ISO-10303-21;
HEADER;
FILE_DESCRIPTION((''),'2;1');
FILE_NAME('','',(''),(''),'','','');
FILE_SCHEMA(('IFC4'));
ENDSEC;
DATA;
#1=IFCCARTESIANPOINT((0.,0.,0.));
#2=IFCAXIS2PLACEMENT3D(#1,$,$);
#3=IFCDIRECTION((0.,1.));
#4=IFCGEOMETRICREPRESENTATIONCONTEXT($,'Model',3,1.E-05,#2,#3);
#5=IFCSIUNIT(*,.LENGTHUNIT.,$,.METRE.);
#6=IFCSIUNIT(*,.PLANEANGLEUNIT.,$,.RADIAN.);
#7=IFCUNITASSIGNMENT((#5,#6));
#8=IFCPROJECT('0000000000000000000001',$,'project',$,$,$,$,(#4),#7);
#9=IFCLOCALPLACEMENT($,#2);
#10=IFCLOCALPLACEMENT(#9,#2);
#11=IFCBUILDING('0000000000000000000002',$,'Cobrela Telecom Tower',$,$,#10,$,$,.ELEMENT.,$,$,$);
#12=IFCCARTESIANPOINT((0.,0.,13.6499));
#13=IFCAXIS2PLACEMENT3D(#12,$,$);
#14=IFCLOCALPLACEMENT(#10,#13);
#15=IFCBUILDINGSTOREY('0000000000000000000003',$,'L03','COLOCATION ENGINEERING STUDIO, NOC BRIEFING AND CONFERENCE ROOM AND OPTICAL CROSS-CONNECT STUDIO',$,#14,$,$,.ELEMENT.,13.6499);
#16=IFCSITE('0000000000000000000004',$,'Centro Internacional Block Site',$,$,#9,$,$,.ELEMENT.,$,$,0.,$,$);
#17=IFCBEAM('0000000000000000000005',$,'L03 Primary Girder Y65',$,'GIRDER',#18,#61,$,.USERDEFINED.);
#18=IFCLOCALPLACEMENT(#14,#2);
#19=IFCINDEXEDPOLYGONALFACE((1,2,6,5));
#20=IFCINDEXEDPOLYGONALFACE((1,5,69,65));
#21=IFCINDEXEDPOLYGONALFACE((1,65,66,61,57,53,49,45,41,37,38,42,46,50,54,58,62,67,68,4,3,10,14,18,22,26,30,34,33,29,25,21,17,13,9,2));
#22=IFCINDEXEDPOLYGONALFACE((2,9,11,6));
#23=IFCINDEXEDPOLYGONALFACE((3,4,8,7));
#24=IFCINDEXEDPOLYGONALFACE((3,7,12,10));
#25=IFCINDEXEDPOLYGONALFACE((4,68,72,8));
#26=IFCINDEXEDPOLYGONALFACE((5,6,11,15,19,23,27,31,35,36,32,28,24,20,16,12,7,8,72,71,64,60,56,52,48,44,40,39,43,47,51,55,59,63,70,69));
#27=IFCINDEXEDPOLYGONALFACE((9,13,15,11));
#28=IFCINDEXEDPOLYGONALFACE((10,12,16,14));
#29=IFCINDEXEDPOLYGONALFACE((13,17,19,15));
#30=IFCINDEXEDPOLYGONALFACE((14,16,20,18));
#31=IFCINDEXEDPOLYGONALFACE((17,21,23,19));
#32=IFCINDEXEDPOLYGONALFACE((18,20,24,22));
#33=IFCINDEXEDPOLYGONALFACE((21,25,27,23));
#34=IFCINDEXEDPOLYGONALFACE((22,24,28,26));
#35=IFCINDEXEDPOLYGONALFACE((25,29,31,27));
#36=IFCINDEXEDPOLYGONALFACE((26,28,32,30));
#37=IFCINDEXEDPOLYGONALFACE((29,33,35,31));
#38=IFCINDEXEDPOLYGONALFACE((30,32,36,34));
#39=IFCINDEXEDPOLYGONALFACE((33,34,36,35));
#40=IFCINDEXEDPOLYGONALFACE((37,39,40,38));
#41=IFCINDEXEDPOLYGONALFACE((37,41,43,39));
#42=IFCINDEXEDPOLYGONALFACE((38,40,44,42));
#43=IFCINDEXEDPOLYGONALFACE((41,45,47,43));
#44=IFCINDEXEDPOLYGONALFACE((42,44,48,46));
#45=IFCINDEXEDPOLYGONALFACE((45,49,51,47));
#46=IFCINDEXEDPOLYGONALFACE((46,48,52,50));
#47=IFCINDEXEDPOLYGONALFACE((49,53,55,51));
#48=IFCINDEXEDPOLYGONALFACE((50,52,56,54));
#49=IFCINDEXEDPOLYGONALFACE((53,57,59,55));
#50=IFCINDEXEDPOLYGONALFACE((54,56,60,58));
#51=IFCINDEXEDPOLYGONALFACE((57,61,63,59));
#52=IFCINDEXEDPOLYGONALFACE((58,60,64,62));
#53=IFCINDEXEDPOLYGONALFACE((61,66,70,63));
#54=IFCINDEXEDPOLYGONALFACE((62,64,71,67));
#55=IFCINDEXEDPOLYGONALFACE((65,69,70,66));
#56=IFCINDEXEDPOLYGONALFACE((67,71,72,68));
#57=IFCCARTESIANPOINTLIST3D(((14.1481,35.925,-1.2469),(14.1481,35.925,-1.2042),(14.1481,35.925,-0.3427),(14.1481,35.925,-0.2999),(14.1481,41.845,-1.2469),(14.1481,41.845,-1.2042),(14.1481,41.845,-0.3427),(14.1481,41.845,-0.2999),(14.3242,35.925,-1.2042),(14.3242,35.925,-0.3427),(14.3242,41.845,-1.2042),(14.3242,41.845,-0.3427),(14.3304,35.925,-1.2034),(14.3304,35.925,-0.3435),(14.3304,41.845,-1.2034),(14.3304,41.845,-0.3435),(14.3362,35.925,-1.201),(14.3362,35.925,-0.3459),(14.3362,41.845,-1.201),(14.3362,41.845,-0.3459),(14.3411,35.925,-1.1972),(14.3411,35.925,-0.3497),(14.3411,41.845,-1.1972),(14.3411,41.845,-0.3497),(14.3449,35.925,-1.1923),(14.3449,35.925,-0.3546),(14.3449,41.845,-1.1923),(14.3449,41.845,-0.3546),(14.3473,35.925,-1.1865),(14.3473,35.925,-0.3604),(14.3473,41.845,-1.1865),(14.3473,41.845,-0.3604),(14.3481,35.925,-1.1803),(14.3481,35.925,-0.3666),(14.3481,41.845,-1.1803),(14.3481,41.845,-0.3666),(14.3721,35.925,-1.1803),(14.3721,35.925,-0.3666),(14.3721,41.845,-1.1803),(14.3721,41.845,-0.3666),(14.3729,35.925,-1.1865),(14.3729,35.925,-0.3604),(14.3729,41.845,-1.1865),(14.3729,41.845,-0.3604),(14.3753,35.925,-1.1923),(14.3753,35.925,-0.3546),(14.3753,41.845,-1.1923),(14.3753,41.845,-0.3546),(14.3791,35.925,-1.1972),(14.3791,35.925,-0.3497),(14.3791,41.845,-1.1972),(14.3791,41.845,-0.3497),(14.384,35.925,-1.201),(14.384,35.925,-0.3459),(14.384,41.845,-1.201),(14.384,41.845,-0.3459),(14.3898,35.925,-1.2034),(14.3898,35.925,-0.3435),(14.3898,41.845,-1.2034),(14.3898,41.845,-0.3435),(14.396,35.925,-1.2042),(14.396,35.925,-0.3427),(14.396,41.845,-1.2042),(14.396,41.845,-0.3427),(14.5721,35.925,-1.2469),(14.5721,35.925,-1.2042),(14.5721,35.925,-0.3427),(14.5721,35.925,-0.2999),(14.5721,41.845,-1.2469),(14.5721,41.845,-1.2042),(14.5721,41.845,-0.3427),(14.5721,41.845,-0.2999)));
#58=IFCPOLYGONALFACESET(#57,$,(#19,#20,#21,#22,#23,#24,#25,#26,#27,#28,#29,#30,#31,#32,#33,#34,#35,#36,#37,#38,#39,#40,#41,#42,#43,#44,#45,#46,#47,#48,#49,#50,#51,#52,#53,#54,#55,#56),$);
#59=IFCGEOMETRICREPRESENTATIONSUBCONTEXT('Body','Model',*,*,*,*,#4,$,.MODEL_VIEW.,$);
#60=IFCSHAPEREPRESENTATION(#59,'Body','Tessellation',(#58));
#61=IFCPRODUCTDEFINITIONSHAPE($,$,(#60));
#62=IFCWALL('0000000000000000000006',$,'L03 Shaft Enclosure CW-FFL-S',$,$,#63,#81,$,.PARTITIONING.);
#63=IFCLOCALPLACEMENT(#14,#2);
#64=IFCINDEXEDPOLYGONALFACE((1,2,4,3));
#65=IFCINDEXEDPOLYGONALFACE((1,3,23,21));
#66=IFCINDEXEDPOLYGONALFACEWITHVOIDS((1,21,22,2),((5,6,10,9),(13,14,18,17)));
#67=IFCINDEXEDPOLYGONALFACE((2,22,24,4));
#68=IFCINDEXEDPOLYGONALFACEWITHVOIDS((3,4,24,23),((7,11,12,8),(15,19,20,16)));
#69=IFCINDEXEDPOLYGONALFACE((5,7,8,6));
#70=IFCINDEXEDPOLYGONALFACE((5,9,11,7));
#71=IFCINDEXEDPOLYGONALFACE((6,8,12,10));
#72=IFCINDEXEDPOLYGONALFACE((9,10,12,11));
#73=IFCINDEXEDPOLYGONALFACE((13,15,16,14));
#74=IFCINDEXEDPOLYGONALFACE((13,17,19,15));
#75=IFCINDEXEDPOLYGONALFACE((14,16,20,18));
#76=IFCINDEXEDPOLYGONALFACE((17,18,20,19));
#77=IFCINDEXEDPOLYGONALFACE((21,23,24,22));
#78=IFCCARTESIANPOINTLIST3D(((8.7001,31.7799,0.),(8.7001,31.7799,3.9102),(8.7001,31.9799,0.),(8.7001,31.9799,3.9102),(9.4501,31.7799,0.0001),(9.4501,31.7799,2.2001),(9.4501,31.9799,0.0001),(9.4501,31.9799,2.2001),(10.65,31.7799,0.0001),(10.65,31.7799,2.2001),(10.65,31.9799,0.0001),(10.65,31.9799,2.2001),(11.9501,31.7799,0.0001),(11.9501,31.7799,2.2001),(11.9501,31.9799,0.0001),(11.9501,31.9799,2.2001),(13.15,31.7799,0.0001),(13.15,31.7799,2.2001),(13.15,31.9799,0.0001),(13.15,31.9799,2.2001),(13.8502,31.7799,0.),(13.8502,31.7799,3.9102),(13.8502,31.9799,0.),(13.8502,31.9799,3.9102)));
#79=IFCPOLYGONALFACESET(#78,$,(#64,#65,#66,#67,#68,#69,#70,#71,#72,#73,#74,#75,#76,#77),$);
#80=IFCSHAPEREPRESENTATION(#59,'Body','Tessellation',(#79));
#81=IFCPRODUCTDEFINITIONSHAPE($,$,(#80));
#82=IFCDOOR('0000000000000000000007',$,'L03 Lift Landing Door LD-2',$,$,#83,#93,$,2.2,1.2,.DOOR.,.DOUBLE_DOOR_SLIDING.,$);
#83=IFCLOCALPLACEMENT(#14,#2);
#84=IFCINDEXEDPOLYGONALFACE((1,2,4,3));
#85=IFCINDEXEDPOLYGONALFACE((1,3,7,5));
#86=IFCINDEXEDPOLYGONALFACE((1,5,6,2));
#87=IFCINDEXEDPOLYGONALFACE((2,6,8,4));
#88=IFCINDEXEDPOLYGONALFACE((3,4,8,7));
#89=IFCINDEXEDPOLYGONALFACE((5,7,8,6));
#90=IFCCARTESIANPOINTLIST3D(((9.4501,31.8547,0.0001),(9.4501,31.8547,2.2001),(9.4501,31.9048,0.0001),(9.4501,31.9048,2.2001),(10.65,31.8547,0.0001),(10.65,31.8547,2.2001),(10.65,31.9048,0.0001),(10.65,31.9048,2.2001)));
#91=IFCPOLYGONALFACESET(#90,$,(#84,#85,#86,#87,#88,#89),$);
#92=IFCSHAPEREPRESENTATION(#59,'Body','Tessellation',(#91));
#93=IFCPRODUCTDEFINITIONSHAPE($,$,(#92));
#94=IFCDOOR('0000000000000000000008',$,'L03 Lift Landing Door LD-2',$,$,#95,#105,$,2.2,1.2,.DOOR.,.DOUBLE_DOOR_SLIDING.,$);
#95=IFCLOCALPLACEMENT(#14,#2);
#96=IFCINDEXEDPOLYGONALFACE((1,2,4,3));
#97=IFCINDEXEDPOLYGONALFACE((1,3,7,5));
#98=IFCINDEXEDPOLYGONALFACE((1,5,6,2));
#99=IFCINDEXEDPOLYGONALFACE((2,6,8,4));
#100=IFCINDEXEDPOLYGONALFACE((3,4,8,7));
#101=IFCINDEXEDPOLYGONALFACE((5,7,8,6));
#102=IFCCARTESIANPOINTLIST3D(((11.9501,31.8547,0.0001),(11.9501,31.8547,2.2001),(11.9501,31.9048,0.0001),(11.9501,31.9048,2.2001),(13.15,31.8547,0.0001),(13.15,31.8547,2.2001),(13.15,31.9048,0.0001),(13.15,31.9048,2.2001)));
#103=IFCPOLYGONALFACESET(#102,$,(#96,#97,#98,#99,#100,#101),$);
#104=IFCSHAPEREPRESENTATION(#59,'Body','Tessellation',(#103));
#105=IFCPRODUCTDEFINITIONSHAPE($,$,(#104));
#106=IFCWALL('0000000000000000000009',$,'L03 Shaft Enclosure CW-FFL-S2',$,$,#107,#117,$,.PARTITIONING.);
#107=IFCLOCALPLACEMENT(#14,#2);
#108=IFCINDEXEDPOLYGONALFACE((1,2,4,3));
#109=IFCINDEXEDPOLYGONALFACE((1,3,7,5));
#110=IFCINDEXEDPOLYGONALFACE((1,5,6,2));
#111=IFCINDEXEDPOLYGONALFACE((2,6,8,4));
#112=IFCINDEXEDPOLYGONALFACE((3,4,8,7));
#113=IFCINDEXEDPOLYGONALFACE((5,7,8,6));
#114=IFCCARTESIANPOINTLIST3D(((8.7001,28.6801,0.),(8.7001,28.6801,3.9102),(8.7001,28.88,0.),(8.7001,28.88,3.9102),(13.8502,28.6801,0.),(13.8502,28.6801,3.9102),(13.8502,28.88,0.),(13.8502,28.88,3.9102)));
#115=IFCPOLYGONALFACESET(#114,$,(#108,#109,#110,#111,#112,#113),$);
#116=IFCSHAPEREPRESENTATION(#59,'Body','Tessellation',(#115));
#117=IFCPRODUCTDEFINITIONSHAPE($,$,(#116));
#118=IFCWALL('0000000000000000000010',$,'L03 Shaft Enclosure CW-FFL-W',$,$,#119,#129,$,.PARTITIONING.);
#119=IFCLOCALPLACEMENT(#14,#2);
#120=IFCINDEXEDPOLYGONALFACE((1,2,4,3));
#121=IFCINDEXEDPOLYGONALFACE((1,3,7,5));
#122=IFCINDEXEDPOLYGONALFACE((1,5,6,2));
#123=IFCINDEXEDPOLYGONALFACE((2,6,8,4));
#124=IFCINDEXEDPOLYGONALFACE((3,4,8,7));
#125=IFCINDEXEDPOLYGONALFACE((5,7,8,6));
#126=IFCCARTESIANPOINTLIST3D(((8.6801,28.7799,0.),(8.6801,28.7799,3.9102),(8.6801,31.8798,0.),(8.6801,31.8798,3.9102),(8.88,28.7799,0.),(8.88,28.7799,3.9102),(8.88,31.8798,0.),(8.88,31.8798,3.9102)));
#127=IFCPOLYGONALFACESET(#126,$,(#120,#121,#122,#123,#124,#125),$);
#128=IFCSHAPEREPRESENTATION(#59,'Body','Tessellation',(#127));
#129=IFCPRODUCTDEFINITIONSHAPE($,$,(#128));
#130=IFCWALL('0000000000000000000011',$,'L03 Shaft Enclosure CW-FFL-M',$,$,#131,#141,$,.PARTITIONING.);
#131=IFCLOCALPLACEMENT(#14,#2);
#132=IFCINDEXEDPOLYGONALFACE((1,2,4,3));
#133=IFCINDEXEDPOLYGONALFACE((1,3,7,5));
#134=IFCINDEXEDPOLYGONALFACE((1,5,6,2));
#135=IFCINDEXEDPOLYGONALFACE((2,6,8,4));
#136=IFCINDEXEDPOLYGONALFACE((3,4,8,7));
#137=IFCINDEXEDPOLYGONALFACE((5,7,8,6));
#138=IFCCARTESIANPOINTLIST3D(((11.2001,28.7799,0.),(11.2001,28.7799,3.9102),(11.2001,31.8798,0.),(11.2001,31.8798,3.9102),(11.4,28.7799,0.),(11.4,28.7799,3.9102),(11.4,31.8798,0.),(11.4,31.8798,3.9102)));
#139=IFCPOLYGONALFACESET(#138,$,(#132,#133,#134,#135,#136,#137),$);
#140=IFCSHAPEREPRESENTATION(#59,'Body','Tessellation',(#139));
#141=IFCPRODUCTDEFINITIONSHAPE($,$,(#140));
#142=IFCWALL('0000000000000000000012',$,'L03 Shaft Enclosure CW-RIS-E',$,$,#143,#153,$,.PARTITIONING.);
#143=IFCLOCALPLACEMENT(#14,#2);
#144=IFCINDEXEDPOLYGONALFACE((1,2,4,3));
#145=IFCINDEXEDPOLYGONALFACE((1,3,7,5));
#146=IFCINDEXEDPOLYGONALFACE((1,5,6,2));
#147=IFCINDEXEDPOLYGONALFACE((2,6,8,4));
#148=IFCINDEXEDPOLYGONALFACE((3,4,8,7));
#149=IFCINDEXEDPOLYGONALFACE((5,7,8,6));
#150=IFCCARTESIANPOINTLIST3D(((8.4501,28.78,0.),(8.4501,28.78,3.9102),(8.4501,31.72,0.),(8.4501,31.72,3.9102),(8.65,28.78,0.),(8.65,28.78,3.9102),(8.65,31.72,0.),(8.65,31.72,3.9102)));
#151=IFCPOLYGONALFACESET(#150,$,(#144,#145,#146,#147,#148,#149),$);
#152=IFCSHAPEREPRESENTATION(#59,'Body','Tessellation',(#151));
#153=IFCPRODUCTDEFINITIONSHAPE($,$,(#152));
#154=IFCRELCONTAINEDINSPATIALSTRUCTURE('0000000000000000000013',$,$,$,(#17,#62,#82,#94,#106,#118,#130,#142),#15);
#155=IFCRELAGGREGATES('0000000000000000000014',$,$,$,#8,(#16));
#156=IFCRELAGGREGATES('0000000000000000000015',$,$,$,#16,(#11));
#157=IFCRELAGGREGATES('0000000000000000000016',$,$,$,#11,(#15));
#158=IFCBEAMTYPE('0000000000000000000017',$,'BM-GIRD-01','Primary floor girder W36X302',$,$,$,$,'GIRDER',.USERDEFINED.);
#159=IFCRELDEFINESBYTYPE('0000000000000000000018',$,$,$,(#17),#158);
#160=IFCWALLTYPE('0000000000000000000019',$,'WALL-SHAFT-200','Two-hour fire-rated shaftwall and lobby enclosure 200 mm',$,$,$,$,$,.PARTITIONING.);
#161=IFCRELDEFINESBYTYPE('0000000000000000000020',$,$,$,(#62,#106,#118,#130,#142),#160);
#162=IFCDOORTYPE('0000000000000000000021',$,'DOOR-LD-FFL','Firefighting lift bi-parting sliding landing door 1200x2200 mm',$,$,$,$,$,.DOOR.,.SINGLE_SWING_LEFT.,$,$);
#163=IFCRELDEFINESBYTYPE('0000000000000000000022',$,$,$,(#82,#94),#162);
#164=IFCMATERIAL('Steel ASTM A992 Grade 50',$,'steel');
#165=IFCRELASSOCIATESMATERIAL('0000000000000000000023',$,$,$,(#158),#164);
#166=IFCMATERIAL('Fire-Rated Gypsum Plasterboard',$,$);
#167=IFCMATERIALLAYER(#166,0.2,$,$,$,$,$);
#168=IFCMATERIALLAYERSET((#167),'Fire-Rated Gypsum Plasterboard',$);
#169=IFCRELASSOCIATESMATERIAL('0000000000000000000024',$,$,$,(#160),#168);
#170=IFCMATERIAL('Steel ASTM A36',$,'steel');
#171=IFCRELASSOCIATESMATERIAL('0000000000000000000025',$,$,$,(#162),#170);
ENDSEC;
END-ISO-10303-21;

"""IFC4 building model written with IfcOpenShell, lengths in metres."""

from ifc_helpers import new_model, si_unit, direction, frame, frame_2d, origin, origin_2d, place, context, subcontext, project, spatial, rectangle, i_section, extrude, material, layer, layer_set, material_profile, profile_set, type_object, element, fill, save


model = new_model("IFC4")

# Units and contexts
model_context = context("Model", 3, precision=1e-05, world=origin(), true_north=direction((0.0, 1.0)))
body_context = subcontext(model_context, "Body", "Model", "MODEL_VIEW")
ifc_project = project(units=[si_unit("LENGTHUNIT", "METRE"), si_unit("PLANEANGLEUNIT", "RADIAN")], contexts=[model_context])

# Site, building, storey
site_placement = place(None, origin())
site = spatial("IfcSite", under=ifc_project, at=site_placement, Name="Centro Internacional Block Site", CompositionType="ELEMENT", RefElevation=0.0)
building_placement = place(site_placement, origin())
building = spatial("IfcBuilding", under=site, at=building_placement, Name="Cobrela Telecom Tower", CompositionType="ELEMENT")
storey_placement = place(building_placement, frame((0.0, 0.0, 13.6499)))
storey = spatial("IfcBuildingStorey", under=building, at=storey_placement, Name="L03", Description="COLOCATION ENGINEERING STUDIO, NOC BRIEFING AND CONFERENCE ROOM AND OPTICAL CROSS-CONNECT STUDIO", CompositionType="ELEMENT", Elevation=13.6499)

# Beam
ifc_material_1 = material(Name="Steel ASTM A992 Grade 50", Category="steel")
ifc_material_profile_1 = material_profile(ifc_material_1, i_section(OverallWidth=0.4241, OverallDepth=0.947, WebThickness=0.0239, FlangeThickness=0.0427, FilletRadius=0.0239, at=origin_2d()), Name="W36X302")
ifc_profile_set_1 = profile_set([ifc_material_profile_1], Name="Steel ASTM A992 Grade 50")
beam_type_1 = type_object("IfcBeamType", Name="BM-GIRD-01", Description="Primary floor girder W36X302", ElementType="GIRDER", PredefinedType="USERDEFINED", material=ifc_profile_set_1)
beam_1_placement = place(storey_placement, frame((14.3601, 35.925, -0.7734), z_axis=(0.0, 1.0, 0.0), x_axis=(-1.0, 0.0, 0.0)))
element("IfcBeam", 1, at=beam_1_placement, inside=storey, type_object=beam_type_1, Name="L03 Primary Girder Y65", ObjectType="GIRDER", PredefinedType="USERDEFINED", context=body_context, shape_type="SweptSolid", body=[
    extrude(i_section(OverallWidth=0.4241, OverallDepth=0.947, WebThickness=0.0239, FlangeThickness=0.0427, FilletRadius=0.0239, at=origin_2d()), origin(), (0.0, 0.0, 1.0), 5.9199),
])

# Wall, openings, doors
ifc_material_2 = material(Name="Steel ASTM A36", Category="steel")
ifc_material_3 = material(Name="Fire-Rated Gypsum Plasterboard")
ifc_layer_1 = layer(ifc_material_3, 0.2)
ifc_layer_set_1 = layer_set([ifc_layer_1], Name="Fire-Rated Gypsum Plasterboard")
wall_type_1 = type_object("IfcWallType", Name="WALL-SHAFT-200", Description="Two-hour fire-rated shaftwall and lobby enclosure 200 mm", PredefinedType="PARTITIONING", material=ifc_layer_set_1)
wall_1_placement = place(storey_placement, frame((8.7, 31.8799, 0.0), z_axis=(0.0, 0.0, 1.0), x_axis=(1.0, 0.0, 0.0)))
wall_1 = element("IfcWall", 2, at=wall_1_placement, inside=storey, type_object=wall_type_1, Name="L03 Shaft Enclosure CW-FFL-S", PredefinedType="PARTITIONING", context=body_context, shape_type="SweptSolid", body=[
    extrude(rectangle(XDim=5.1501, YDim=0.2, at=frame_2d((2.5752, 0.0))), origin(), (0.0, 0.0, 1.0), 3.9102),
])
opening_1_placement = place(wall_1_placement, frame((0.75, 0.0, 0.0)))
opening_1 = element("IfcOpeningElement", 3, at=opening_1_placement, cuts=wall_1, PredefinedType="OPENING", context=body_context, shape_type="SweptSolid", body=[
    extrude(rectangle(XDim=1.2, YDim=2.2, at=frame_2d((0.6001, 1.1001))), frame((0.0, 0.1118, 0.0), z_axis=(0.0, -1.0, 0.0), x_axis=(1.0, 0.0, 0.0)), (0.0, 0.0, 1.0), 0.2239),
])
opening_2_placement = place(wall_1_placement, frame((3.25, 0.0, 0.0)))
opening_2 = element("IfcOpeningElement", 4, at=opening_2_placement, cuts=wall_1, PredefinedType="OPENING", context=body_context, shape_type="SweptSolid", body=[
    extrude(rectangle(XDim=1.2, YDim=2.2, at=frame_2d((0.6001, 1.1001))), frame((0.0, 0.1118, 0.0), z_axis=(0.0, -1.0, 0.0), x_axis=(1.0, 0.0, 0.0)), (0.0, 0.0, 1.0), 0.2239),
])
door_type_1 = type_object("IfcDoorType", Name="DOOR-LD-FFL", Description="Firefighting lift bi-parting sliding landing door 1200x2200 mm", OperationType="SINGLE_SWING_LEFT", PredefinedType="DOOR", material=ifc_material_2)
door_1_placement = place(opening_1_placement, origin())
door_1 = element("IfcDoor", 5, at=door_1_placement, inside=storey, type_object=door_type_1, Name="L03 Lift Landing Door LD-2", OperationType="DOUBLE_DOOR_SLIDING", OverallHeight=2.2, OverallWidth=1.2, PredefinedType="DOOR", context=body_context, shape_type="SweptSolid", body=[
    extrude(rectangle(XDim=1.2, YDim=2.2, at=frame_2d((0.6001, 1.1001))), frame((0.0, 0.0249, 0.0), z_axis=(0.0, -1.0, 0.0), x_axis=(1.0, 0.0, 0.0)), (0.0, 0.0, 1.0), 0.05),
])
fill(opening_1, door_1)
door_2_placement = place(opening_2_placement, origin())
door_2 = element("IfcDoor", 6, at=door_2_placement, inside=storey, type_object=door_type_1, Name="L03 Lift Landing Door LD-2", OperationType="DOUBLE_DOOR_SLIDING", OverallHeight=2.2, OverallWidth=1.2, PredefinedType="DOOR", context=body_context, shape_type="SweptSolid", body=[
    extrude(rectangle(XDim=1.2, YDim=2.2, at=frame_2d((0.6001, 1.1001))), frame((0.0, 0.0249, 0.0), z_axis=(0.0, -1.0, 0.0), x_axis=(1.0, 0.0, 0.0)), (0.0, 0.0, 1.0), 0.05),
])
fill(opening_2, door_2)

# Walls
wall_2_placement = place(storey_placement, frame((8.7, 28.78, 0.0), z_axis=(0.0, 0.0, 1.0), x_axis=(1.0, 0.0, 0.0)))
element("IfcWall", 7, at=wall_2_placement, inside=storey, type_object=wall_type_1, Name="L03 Shaft Enclosure CW-FFL-S2", PredefinedType="PARTITIONING", context=body_context, shape_type="SweptSolid", body=[
    extrude(rectangle(XDim=5.1501, YDim=0.2, at=frame_2d((2.5752, 0.0))), origin(), (0.0, 0.0, 1.0), 3.9102),
])
for number, where, z_axis, x_axis, name in (
    (8, (8.78, 28.78, 0.0), (0.0, 0.0, 1.0), (0.0, 1.0, 0.0), "L03 Shaft Enclosure CW-FFL-W"),
    (9, (11.3, 28.78, 0.0), (0.0, 0.0, 1.0), (0.0, 1.0, 0.0), "L03 Shaft Enclosure CW-FFL-M"),
):
    element("IfcWall", number, at=place(storey_placement, frame(where, z_axis=z_axis, x_axis=x_axis)), inside=storey, type_object=wall_type_1, Name=name, PredefinedType="PARTITIONING", context=body_context, shape_type="SweptSolid", body=[
        extrude(rectangle(XDim=3.0999, YDim=0.2, at=frame_2d((1.5498, 0.0))), origin(), (0.0, 0.0, 1.0), 3.9102),
    ])
wall_3_placement = place(storey_placement, frame((8.55, 28.78, 0.0), z_axis=(0.0, 0.0, 1.0), x_axis=(0.0, 1.0, 0.0)))
element("IfcWall", 10, at=wall_3_placement, inside=storey, type_object=wall_type_1, Name="L03 Shaft Enclosure CW-RIS-E", PredefinedType="PARTITIONING", context=body_context, shape_type="SweptSolid", body=[
    extrude(rectangle(XDim=2.9399, YDim=0.2, at=frame_2d((1.47, 0.0))), origin(), (0.0, 0.0, 1.0), 3.9102),
])

save(model, "model.ifc")
